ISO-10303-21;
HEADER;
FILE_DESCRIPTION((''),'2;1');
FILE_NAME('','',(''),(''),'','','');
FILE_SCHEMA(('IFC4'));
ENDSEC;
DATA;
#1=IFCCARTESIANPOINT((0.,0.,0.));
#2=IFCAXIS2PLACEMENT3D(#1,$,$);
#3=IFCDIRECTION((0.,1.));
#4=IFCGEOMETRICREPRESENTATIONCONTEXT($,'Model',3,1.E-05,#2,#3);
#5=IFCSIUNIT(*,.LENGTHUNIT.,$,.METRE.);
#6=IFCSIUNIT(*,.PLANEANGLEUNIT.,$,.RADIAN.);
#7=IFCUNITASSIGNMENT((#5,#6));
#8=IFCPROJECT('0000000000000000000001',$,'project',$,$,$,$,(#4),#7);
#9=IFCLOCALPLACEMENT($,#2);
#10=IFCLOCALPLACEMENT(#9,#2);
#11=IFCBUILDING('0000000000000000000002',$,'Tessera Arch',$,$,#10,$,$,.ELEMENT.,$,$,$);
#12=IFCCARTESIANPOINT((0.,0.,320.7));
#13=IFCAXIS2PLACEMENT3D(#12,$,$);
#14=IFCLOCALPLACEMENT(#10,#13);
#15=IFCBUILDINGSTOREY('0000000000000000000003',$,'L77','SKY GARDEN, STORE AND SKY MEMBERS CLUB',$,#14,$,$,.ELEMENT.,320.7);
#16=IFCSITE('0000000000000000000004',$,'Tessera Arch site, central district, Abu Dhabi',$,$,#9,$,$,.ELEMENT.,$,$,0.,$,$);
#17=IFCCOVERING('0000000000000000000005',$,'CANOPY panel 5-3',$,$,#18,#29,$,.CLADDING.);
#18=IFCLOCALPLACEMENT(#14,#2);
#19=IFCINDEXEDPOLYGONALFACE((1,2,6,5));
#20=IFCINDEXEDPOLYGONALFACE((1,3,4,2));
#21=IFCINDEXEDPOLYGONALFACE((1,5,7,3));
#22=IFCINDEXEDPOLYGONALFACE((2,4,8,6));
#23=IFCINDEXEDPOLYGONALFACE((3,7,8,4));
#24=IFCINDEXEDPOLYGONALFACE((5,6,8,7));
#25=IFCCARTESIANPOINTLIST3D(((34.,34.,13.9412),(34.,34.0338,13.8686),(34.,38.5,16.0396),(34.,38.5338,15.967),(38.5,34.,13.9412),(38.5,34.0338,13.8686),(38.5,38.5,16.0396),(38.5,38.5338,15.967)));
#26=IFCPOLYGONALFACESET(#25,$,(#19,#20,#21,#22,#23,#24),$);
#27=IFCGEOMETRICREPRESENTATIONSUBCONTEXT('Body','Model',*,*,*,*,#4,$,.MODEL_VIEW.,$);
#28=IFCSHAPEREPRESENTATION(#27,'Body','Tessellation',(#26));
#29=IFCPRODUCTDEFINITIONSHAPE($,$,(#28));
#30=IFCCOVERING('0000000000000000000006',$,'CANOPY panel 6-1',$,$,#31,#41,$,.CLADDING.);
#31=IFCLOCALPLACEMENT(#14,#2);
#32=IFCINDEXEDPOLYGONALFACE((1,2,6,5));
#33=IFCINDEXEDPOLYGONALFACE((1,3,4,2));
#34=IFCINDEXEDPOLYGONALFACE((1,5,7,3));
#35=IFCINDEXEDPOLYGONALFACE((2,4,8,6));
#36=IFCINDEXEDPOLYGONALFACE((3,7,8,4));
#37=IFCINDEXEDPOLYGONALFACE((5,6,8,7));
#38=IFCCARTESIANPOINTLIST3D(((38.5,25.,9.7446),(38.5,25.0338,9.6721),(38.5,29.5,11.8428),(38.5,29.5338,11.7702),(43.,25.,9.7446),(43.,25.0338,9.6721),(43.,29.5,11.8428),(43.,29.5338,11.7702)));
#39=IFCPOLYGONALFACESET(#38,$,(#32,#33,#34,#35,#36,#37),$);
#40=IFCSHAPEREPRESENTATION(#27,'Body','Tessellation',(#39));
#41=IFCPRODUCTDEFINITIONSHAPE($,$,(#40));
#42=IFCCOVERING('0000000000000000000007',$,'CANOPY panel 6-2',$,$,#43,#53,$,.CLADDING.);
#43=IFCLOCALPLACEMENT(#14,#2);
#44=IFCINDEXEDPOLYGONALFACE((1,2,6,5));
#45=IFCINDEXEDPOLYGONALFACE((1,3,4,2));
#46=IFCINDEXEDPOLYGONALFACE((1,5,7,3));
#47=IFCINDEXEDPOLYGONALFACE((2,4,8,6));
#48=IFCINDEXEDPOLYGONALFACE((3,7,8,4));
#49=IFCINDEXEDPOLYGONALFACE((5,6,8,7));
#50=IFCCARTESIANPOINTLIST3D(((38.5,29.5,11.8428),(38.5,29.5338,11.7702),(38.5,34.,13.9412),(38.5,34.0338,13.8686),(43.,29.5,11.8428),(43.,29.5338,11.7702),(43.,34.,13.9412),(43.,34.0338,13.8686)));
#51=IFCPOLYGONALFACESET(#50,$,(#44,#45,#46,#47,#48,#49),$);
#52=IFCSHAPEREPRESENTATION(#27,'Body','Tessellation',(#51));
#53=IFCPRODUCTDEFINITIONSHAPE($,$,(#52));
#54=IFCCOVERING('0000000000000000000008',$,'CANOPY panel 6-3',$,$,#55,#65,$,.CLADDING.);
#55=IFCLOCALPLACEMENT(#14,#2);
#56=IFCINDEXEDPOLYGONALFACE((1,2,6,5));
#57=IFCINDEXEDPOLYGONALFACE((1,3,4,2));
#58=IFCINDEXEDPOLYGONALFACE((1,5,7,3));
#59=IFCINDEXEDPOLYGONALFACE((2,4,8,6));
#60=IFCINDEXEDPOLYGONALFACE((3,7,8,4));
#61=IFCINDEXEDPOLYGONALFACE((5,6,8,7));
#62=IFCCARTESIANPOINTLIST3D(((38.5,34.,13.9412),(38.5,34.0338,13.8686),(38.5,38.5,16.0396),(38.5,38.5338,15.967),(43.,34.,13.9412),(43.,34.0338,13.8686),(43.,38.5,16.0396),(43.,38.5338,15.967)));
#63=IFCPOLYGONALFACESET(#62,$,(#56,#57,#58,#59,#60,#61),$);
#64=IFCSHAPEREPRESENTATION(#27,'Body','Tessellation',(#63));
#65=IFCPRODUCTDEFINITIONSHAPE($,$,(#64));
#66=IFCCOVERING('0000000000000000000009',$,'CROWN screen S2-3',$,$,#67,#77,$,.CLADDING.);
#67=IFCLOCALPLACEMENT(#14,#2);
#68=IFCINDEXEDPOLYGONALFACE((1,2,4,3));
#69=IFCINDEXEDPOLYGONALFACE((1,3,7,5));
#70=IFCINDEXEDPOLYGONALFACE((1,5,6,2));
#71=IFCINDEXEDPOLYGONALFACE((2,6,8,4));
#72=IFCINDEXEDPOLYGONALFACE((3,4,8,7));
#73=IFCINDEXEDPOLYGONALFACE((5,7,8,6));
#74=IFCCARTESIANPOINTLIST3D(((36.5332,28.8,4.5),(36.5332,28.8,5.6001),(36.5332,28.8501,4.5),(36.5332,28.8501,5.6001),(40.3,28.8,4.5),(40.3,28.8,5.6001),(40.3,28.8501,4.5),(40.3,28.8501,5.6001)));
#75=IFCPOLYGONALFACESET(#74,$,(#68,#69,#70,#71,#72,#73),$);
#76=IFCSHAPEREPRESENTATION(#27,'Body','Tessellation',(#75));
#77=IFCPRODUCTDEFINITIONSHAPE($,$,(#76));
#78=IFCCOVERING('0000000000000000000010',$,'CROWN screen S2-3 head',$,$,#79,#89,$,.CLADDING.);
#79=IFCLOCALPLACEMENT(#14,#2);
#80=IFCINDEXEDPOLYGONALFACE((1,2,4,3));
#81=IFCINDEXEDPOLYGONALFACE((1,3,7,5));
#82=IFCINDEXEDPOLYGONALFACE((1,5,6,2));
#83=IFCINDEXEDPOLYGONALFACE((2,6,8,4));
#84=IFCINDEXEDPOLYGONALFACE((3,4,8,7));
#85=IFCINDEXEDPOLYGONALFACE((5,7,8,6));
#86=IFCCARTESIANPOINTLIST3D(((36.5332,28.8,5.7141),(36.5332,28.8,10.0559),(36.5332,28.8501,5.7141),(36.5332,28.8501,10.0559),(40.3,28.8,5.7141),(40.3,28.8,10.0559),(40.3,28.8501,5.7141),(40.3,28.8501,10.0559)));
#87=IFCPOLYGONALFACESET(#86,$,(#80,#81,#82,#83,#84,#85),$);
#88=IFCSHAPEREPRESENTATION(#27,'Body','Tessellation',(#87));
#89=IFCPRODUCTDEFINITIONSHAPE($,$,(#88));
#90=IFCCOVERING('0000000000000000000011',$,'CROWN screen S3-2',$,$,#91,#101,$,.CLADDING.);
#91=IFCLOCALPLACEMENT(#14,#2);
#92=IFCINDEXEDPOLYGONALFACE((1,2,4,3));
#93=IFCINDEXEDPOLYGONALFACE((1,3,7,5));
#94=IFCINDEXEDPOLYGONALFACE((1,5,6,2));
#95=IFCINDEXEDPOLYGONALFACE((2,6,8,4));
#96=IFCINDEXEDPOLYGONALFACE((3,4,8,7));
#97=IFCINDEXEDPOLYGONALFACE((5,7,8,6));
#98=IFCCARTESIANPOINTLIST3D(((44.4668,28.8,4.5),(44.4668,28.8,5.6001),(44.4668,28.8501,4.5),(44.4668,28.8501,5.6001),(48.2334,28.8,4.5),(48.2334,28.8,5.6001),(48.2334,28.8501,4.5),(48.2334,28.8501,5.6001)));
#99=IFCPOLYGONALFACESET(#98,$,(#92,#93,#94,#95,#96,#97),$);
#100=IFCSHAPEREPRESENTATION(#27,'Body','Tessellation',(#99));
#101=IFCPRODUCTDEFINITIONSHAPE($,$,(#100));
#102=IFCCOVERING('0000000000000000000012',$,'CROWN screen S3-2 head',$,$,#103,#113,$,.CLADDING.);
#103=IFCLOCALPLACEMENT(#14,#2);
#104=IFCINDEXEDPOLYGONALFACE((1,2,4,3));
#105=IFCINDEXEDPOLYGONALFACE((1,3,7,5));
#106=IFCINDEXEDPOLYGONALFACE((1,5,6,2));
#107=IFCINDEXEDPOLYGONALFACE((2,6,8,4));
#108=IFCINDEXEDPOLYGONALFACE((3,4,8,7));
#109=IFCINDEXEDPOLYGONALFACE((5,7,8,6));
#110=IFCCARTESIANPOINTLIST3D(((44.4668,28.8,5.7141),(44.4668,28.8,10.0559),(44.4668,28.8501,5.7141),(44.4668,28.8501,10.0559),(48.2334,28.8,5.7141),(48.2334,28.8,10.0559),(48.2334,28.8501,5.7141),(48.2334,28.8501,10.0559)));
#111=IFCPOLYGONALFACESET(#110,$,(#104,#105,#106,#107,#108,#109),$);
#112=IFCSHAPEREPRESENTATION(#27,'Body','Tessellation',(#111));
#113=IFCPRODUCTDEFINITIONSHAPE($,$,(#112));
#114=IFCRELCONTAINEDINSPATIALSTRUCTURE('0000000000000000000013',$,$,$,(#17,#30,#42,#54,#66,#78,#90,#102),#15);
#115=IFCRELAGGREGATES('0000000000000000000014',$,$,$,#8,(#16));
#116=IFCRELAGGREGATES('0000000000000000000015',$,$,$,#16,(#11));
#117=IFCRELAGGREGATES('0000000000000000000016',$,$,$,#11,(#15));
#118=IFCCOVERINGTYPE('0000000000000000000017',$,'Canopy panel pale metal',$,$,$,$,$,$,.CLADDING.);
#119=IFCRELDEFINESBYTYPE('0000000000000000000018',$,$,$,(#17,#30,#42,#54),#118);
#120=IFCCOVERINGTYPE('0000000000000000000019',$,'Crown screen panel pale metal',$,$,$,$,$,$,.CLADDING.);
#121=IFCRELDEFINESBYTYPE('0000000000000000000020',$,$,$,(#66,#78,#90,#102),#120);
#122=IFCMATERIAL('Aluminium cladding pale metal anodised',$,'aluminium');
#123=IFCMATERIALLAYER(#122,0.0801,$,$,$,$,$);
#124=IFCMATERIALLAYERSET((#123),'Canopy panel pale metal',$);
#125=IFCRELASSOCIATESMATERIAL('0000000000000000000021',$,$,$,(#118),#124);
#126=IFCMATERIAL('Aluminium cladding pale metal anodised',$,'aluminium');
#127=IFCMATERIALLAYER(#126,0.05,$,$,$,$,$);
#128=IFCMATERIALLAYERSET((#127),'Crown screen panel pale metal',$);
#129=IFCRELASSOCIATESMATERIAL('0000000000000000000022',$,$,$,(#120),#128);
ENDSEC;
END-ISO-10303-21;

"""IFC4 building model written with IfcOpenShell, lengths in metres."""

from ifc_helpers import new_model, si_unit, direction, frame, origin, place, context, subcontext, project, spatial, polyline, outline, extrude, material, layer, layer_set, type_object, element, save


model = new_model("IFC4")

# Units and contexts
model_context = context("Model", 3, precision=1e-05, world=origin(), true_north=direction((0.0, 1.0)))
body_context = subcontext(model_context, "Body", "Model", "MODEL_VIEW")
ifc_project = project(units=[si_unit("LENGTHUNIT", "METRE"), si_unit("PLANEANGLEUNIT", "RADIAN")], contexts=[model_context])

# Site, building, storey
site_placement = place(None, origin())
site = spatial("IfcSite", under=ifc_project, at=site_placement, Name="Tessera Arch site, central district, Abu Dhabi", CompositionType="ELEMENT", RefElevation=0.0)
building_placement = place(site_placement, origin())
building = spatial("IfcBuilding", under=site, at=building_placement, Name="Tessera Arch", CompositionType="ELEMENT")
storey_placement = place(building_placement, frame((0.0, 0.0, 320.7)))
storey = spatial("IfcBuildingStorey", under=building, at=storey_placement, Name="L77", Description="SKY GARDEN, STORE AND SKY MEMBERS CLUB", CompositionType="ELEMENT", Elevation=320.7)

# Coverings
ifc_material_1 = material(Name="Aluminium cladding pale metal anodised", Category="aluminium")
ifc_layer_1 = layer(ifc_material_1, 0.0801)
ifc_layer_set_1 = layer_set([ifc_layer_1], Name="Canopy panel pale metal")
covering_type_1 = type_object("IfcCoveringType", Name="Canopy panel pale metal", PredefinedType="CLADDING", material=ifc_layer_set_1)
for number, where, z_axis, x_axis, name in (
    (1, (38.5, 34.0, 13.9412), (0.0, -0.422619, 0.906307), (0.0, 0.906307, 0.422619), "CANOPY panel 5-3"),
):
    element("IfcCovering", number, at=place(storey_placement, frame(where, z_axis=z_axis, x_axis=x_axis)), inside=storey, type_object=covering_type_1, Name=name, PredefinedType="CLADDING", context=body_context, shape_type="SweptSolid", body=[
        extrude(outline(polyline([(0.0, 0.0), (4.9652, 0.0), (4.9652, 4.5), (0.0, 4.5), (0.0, 0.0)])), origin(), (0.0, 0.0, -1.0), 0.0801),
    ])
covering_1_placement = place(storey_placement, frame((43.0, 25.0, 9.7446), z_axis=(0.0, -0.422579, 0.906326), x_axis=(0.0, 0.906326, 0.422579)))
element("IfcCovering", 2, at=covering_1_placement, inside=storey, type_object=covering_type_1, Name="CANOPY panel 6-1", PredefinedType="CLADDING", context=body_context, shape_type="SweptSolid", body=[
    extrude(outline(polyline([(0.0, 0.0), (4.9651, 0.0), (4.9651, 4.5), (0.0, 4.5), (0.0, 0.0)])), origin(), (0.0, 0.0, -1.0), 0.0801),
])
for number, where, z_axis, x_axis, name in (
    (3, (43.0, 29.5, 11.8428), (0.0, -0.422619, 0.906307), (0.0, 0.906307, 0.422619), "CANOPY panel 6-2"),
    (4, (43.0, 34.0, 13.9412), (0.0, -0.422619, 0.906307), (0.0, 0.906307, 0.422619), "CANOPY panel 6-3"),
):
    element("IfcCovering", number, at=place(storey_placement, frame(where, z_axis=z_axis, x_axis=x_axis)), inside=storey, type_object=covering_type_1, Name=name, PredefinedType="CLADDING", context=body_context, shape_type="SweptSolid", body=[
        extrude(outline(polyline([(0.0, 0.0), (4.9652, 0.0), (4.9652, 4.5), (0.0, 4.5), (0.0, 0.0)])), origin(), (0.0, 0.0, -1.0), 0.0801),
    ])
ifc_material_2 = material(Name="Aluminium cladding pale metal anodised", Category="aluminium")
ifc_layer_2 = layer(ifc_material_2, 0.05)
ifc_layer_set_2 = layer_set([ifc_layer_2], Name="Crown screen panel pale metal")
covering_type_2 = type_object("IfcCoveringType", Name="Crown screen panel pale metal", PredefinedType="CLADDING", material=ifc_layer_set_2)
covering_2_placement = place(storey_placement, frame((36.5332, 28.8, 4.5), z_axis=(0.0, -1.0, 0.0), x_axis=(1.0, 0.0, 0.0)))
element("IfcCovering", 5, at=covering_2_placement, inside=storey, type_object=covering_type_2, Name="CROWN screen S2-3", PredefinedType="CLADDING", context=body_context, shape_type="SweptSolid", body=[
    extrude(outline(polyline([(0.0, 0.0), (3.7668, 0.0), (3.7668, 1.1001), (0.0, 1.1001), (0.0, 0.0)])), origin(), (0.0, 0.0, -1.0), 0.05),
])
covering_3_placement = place(storey_placement, frame((36.5332, 28.8, 5.7141), z_axis=(0.0, -1.0, 0.0), x_axis=(1.0, 0.0, 0.0)))
element("IfcCovering", 6, at=covering_3_placement, inside=storey, type_object=covering_type_2, Name="CROWN screen S2-3 head", PredefinedType="CLADDING", context=body_context, shape_type="SweptSolid", body=[
    extrude(outline(polyline([(0.0, 0.0), (3.7668, 0.0), (3.7668, 4.3418), (0.0, 4.3418), (0.0, 0.0)])), origin(), (0.0, 0.0, -1.0), 0.05),
])
covering_4_placement = place(storey_placement, frame((44.4668, 28.8, 4.5), z_axis=(0.0, -1.0, 0.0), x_axis=(1.0, 0.0, 0.0)))
element("IfcCovering", 7, at=covering_4_placement, inside=storey, type_object=covering_type_2, Name="CROWN screen S3-2", PredefinedType="CLADDING", context=body_context, shape_type="SweptSolid", body=[
    extrude(outline(polyline([(0.0, 0.0), (3.7666, 0.0), (3.7666, 1.1001), (0.0, 1.1001), (0.0, 0.0)])), origin(), (0.0, 0.0, -1.0), 0.05),
])
covering_5_placement = place(storey_placement, frame((44.4668, 28.8, 5.7141), z_axis=(0.0, -1.0, 0.0), x_axis=(1.0, 0.0, 0.0)))
element("IfcCovering", 8, at=covering_5_placement, inside=storey, type_object=covering_type_2, Name="CROWN screen S3-2 head", PredefinedType="CLADDING", context=body_context, shape_type="SweptSolid", body=[
    extrude(outline(polyline([(0.0, 0.0), (3.7666, 0.0), (3.7666, 4.3418), (0.0, 4.3418), (0.0, 0.0)])), origin(), (0.0, 0.0, -1.0), 0.05),
])

save(model, "model.ifc")
